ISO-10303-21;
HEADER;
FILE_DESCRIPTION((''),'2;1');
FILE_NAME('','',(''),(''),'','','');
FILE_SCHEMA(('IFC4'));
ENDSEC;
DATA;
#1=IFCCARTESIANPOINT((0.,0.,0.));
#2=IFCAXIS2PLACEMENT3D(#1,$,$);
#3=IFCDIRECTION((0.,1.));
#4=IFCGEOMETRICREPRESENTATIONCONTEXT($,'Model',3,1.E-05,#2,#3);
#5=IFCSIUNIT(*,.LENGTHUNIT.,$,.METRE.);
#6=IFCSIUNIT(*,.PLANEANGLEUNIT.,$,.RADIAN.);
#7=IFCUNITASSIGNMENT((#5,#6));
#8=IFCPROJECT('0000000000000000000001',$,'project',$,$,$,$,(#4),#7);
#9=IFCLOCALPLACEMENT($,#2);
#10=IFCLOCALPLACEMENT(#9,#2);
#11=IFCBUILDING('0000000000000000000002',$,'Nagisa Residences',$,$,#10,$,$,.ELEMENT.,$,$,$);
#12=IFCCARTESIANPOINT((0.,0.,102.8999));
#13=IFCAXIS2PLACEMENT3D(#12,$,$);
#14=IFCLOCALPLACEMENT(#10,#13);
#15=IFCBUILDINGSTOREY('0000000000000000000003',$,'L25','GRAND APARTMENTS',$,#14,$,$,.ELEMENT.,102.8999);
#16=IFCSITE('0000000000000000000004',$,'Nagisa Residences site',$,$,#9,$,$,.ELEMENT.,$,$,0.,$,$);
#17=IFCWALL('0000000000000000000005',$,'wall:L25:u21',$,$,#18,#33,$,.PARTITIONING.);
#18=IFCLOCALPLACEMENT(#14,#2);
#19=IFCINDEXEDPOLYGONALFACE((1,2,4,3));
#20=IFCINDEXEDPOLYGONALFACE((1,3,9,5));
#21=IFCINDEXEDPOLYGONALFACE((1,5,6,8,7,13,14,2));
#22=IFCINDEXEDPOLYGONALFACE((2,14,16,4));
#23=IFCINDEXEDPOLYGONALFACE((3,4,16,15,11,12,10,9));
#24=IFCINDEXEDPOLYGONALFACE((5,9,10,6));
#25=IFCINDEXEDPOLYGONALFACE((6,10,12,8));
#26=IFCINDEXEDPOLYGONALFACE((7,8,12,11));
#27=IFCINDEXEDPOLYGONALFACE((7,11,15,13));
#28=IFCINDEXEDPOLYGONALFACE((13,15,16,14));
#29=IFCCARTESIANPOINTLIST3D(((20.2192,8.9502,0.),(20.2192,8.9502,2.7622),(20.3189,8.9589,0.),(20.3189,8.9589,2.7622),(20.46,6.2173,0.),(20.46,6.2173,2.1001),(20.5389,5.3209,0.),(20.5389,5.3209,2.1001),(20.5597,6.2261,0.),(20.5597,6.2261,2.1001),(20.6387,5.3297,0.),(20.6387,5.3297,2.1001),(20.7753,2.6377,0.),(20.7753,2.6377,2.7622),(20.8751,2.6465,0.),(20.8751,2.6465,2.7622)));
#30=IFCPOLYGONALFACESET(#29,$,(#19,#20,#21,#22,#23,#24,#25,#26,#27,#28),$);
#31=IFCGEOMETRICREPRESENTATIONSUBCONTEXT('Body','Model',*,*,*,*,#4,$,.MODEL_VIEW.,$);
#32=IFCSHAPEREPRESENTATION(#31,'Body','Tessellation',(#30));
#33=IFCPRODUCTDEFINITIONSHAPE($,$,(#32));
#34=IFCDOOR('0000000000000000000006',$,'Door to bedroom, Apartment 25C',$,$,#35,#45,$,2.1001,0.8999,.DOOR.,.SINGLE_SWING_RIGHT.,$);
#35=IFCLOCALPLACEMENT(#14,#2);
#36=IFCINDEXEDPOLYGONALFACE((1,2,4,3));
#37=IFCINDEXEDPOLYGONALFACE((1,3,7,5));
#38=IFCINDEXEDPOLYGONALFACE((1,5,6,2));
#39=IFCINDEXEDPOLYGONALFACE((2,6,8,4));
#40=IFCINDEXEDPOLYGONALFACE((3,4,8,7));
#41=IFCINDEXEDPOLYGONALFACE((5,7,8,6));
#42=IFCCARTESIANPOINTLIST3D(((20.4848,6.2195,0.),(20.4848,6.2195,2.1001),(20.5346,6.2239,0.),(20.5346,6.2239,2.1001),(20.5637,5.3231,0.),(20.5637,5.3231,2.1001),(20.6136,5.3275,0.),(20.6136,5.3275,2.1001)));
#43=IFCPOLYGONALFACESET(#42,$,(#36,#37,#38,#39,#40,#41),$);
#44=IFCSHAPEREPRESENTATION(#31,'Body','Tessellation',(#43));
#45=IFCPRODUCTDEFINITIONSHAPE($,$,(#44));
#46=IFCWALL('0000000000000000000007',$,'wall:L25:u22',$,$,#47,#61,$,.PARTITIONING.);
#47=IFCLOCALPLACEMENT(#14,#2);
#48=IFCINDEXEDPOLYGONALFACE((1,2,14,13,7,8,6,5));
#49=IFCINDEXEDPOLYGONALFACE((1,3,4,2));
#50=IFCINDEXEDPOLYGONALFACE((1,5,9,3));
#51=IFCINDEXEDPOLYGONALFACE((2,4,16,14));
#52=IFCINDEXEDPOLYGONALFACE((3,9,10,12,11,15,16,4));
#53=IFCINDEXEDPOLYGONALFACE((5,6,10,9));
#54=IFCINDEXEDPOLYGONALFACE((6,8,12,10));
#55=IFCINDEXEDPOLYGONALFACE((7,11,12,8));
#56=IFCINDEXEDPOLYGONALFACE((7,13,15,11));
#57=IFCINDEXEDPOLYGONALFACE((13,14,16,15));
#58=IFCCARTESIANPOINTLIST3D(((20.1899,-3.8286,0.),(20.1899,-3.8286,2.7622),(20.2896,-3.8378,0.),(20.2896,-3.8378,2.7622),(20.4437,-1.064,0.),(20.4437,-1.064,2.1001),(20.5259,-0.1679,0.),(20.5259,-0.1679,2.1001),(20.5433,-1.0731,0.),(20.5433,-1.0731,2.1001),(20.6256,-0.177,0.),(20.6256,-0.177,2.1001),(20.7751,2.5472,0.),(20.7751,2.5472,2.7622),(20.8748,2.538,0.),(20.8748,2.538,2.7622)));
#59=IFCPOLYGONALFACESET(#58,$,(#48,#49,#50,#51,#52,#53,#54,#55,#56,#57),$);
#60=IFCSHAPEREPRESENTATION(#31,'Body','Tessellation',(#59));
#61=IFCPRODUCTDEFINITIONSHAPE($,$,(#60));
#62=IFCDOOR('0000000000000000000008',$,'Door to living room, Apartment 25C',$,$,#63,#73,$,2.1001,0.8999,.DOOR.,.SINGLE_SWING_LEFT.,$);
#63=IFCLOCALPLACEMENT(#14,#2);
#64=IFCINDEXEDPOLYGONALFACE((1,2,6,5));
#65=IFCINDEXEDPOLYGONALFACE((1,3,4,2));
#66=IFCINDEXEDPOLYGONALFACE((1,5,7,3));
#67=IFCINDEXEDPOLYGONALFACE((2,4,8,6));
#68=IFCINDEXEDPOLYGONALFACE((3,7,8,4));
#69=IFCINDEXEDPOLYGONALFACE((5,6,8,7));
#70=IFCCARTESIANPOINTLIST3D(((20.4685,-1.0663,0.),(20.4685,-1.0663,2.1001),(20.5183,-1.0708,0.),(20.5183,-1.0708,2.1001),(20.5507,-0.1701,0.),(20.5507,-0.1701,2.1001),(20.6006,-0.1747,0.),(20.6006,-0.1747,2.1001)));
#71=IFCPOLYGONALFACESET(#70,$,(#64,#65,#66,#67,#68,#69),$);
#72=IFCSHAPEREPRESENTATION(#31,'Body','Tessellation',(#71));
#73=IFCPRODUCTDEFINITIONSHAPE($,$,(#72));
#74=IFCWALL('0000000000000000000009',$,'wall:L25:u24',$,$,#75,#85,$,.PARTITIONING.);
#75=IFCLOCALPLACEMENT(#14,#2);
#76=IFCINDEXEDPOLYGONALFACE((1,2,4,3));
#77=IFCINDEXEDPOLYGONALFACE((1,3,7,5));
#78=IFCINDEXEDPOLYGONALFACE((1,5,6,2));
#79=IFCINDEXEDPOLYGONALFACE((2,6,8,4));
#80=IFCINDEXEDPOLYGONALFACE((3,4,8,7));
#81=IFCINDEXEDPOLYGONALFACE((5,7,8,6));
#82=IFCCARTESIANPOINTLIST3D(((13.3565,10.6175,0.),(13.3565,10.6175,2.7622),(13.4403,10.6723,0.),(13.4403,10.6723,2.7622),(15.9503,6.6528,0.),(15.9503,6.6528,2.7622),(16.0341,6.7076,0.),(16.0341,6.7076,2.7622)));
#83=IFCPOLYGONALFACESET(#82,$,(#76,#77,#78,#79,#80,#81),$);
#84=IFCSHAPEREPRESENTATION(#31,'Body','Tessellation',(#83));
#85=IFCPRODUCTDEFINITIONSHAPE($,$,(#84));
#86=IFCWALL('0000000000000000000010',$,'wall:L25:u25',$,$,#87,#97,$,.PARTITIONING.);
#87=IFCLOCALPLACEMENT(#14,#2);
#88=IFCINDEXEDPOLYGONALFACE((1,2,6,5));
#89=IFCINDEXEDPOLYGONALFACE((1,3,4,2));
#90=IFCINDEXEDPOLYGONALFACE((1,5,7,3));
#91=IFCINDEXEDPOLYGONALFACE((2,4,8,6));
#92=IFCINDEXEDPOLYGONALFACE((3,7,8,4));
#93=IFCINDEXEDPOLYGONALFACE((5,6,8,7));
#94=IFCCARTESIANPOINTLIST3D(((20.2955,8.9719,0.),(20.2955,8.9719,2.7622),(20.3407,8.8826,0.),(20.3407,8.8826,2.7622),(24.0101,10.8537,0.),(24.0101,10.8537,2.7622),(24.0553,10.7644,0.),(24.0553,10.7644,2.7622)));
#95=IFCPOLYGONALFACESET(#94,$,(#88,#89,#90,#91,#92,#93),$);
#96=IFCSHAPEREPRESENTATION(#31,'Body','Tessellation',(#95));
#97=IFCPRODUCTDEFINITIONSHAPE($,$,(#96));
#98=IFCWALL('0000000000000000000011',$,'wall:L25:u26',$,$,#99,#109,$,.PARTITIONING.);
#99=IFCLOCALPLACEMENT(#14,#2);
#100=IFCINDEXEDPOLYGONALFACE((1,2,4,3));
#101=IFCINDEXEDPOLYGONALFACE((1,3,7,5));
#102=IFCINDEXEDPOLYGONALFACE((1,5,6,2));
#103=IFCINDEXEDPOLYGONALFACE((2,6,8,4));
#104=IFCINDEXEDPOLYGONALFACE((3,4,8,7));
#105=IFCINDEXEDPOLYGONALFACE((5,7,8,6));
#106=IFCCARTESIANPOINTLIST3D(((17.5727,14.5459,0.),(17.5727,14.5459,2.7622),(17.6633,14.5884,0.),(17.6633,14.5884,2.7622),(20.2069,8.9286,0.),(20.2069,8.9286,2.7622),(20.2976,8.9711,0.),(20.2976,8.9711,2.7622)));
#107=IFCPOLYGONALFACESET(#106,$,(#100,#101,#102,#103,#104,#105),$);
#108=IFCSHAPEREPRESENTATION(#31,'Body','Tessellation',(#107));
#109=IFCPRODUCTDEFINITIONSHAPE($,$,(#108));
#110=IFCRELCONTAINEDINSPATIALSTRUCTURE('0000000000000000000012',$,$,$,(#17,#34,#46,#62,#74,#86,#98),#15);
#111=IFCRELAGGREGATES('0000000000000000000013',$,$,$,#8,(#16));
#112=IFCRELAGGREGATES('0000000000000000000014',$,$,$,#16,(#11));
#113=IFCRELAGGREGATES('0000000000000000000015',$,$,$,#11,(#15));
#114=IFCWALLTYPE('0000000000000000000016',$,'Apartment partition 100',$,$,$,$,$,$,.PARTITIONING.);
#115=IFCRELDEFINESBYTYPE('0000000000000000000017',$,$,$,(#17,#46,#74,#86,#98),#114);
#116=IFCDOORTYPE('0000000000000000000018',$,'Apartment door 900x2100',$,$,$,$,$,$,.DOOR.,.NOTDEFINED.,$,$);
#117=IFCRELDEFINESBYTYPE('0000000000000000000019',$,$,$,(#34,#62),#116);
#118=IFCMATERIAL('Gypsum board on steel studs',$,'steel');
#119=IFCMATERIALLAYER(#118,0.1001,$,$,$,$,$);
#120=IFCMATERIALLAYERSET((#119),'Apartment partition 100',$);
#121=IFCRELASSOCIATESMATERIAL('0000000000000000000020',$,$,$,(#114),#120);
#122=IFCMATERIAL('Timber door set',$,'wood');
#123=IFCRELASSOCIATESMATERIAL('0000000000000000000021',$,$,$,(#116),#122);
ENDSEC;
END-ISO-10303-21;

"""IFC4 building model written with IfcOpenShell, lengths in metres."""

from ifc_helpers import new_model, si_unit, direction, frame, frame_2d, origin, place, context, subcontext, project, spatial, rectangle, extrude, material, layer, layer_set, type_object, element, fill, save


model = new_model("IFC4")

# Units and contexts
model_context = context("Model", 3, precision=1e-05, world=origin(), true_north=direction((0.0, 1.0)))
body_context = subcontext(model_context, "Body", "Model", "MODEL_VIEW")
ifc_project = project(units=[si_unit("LENGTHUNIT", "METRE"), si_unit("PLANEANGLEUNIT", "RADIAN")], contexts=[model_context])

# Site, building, storey
site_placement = place(None, origin())
site = spatial("IfcSite", under=ifc_project, at=site_placement, Name="Nagisa Residences site", CompositionType="ELEMENT", RefElevation=0.0)
building_placement = place(site_placement, origin())
building = spatial("IfcBuilding", under=site, at=building_placement, Name="Nagisa Residences", CompositionType="ELEMENT")
storey_placement = place(building_placement, frame((0.0, 0.0, 102.8999)))
storey = spatial("IfcBuildingStorey", under=building, at=storey_placement, Name="L25", Description="GRAND APARTMENTS", CompositionType="ELEMENT", Elevation=102.8999)

# Walls, openings, doors
ifc_material_1 = material(Name="Gypsum board on steel studs", Category="steel")
ifc_layer_1 = layer(ifc_material_1, 0.1001)
ifc_layer_set_1 = layer_set([ifc_layer_1], Name="Apartment partition 100")
wall_type = type_object("IfcWallType", Name="Apartment partition 100", PredefinedType="PARTITIONING", material=ifc_layer_set_1)
ifc_material_2 = material(Name="Timber door set", Category="wood")
door_type = type_object("IfcDoorType", Name="Apartment door 900x2100", OperationType="NOTDEFINED", PredefinedType="DOOR", material=ifc_material_2)
wall_1_placement = place(storey_placement, frame((20.8252, 2.6421, 0.0), z_axis=(0.0, 0.0, 1.0), x_axis=(-0.087763, 0.996141, 0.0)))
wall_1 = element("IfcWall", 1, at=wall_1_placement, inside=storey, type_object=wall_type, Name="wall:L25:u21", PredefinedType="PARTITIONING", context=body_context, shape_type="SweptSolid", body=[
    extrude(rectangle(XDim=6.3369, YDim=0.1001, at=frame_2d((3.1685, 0.0))), origin(), (0.0, 0.0, 1.0), 2.7622),
])
opening_1_placement = place(wall_1_placement, frame((2.6936, 0.0, 0.0)))
opening_1 = element("IfcOpeningElement", 2, at=opening_1_placement, cuts=wall_1, PredefinedType="OPENING", context=body_context, shape_type="SweptSolid", body=[
    extrude(rectangle(XDim=0.8999, YDim=2.1001, at=frame_2d((0.45, 1.05))), frame((0.0, 0.0601, 0.0), z_axis=(0.0, -1.0, 0.0), x_axis=(1.0, 0.0, 0.0)), (0.0, 0.0, 1.0), 0.1201),
])
door_1_placement = place(opening_1_placement, frame((0.8999, 0.0, 0.0), x_axis=(-1.0, 0.0, 0.0)))
door_1 = element("IfcDoor", 3, at=door_1_placement, inside=storey, type_object=door_type, Name="Door to bedroom, Apartment 25C", OperationType="SINGLE_SWING_RIGHT", OverallHeight=2.1001, OverallWidth=0.8999, PredefinedType="DOOR", context=body_context, shape_type="SweptSolid", body=[
    extrude(rectangle(XDim=0.8999, YDim=2.1001, at=frame_2d((0.45, 1.05))), frame((0.0, 0.0249, 0.0), z_axis=(0.0, -1.0, 0.0), x_axis=(1.0, 0.0, 0.0)), (0.0, 0.0, 1.0), 0.05),
])
fill(opening_1, door_1)
wall_2_placement = place(storey_placement, frame((20.825, 2.5425, 0.0), z_axis=(0.0, 0.0, 1.0), x_axis=(-0.091402, -0.995814, 0.0)))
wall_2 = element("IfcWall", 4, at=wall_2_placement, inside=storey, type_object=wall_type, Name="wall:L25:u22", PredefinedType="PARTITIONING", context=body_context, shape_type="SweptSolid", body=[
    extrude(rectangle(XDim=6.4026, YDim=0.1001, at=frame_2d((3.2012, 0.0))), origin(), (0.0, 0.0, 1.0), 2.7622),
])
opening_2_placement = place(wall_2_placement, frame((2.7263, 0.0, 0.0)))
opening_2 = element("IfcOpeningElement", 5, at=opening_2_placement, cuts=wall_2, PredefinedType="OPENING", context=body_context, shape_type="SweptSolid", body=[
    extrude(rectangle(XDim=0.8999, YDim=2.1001, at=frame_2d((0.45, 1.05))), frame((0.0, 0.0601, 0.0), z_axis=(0.0, -1.0, 0.0), x_axis=(1.0, 0.0, 0.0)), (0.0, 0.0, 1.0), 0.1201),
])
door_2_placement = place(opening_2_placement, origin())
door_2 = element("IfcDoor", 6, at=door_2_placement, inside=storey, type_object=door_type, Name="Door to living room, Apartment 25C", OperationType="SINGLE_SWING_LEFT", OverallHeight=2.1001, OverallWidth=0.8999, PredefinedType="DOOR", context=body_context, shape_type="SweptSolid", body=[
    extrude(rectangle(XDim=0.8999, YDim=2.1001, at=frame_2d((0.45, 1.05))), frame((0.0, 0.0249, 0.0), z_axis=(0.0, -1.0, 0.0), x_axis=(1.0, 0.0, 0.0)), (0.0, 0.0, 1.0), 0.05),
])
fill(opening_2, door_2)

# Walls
wall_3_placement = place(storey_placement, frame((15.9922, 6.6802, 0.0), z_axis=(0.0, 0.0, 1.0), x_axis=(-0.547473, 0.836823, 0.0)))
element("IfcWall", 7, at=wall_3_placement, inside=storey, type_object=wall_type, Name="wall:L25:u24", PredefinedType="PARTITIONING", context=body_context, shape_type="SweptSolid", body=[
    extrude(rectangle(XDim=4.7378, YDim=0.1001, at=frame_2d((2.3689, 0.0))), origin(), (0.0, 0.0, 1.0), 2.7622),
])
wall_4_placement = place(storey_placement, frame((20.3181, 8.9272, 0.0), z_axis=(0.0, 0.0, 1.0), x_axis=(0.892058, 0.451921, 0.0)))
element("IfcWall", 8, at=wall_4_placement, inside=storey, type_object=wall_type, Name="wall:L25:u25", PredefinedType="PARTITIONING", context=body_context, shape_type="SweptSolid", body=[
    extrude(rectangle(XDim=4.1641, YDim=0.1001, at=frame_2d((2.082, 0.0))), origin(), (0.0, 0.0, 1.0), 2.7622),
])
wall_5_placement = place(storey_placement, frame((20.2522, 8.95, 0.0), z_axis=(0.0, 0.0, 1.0), x_axis=(-0.42458, 0.90539, 0.0)))
element("IfcWall", 9, at=wall_5_placement, inside=storey, type_object=wall_type, Name="wall:L25:u26", PredefinedType="PARTITIONING", context=body_context, shape_type="SweptSolid", body=[
    extrude(rectangle(XDim=6.2043, YDim=0.1001, at=frame_2d((3.1021, 0.0))), origin(), (0.0, 0.0, 1.0), 2.7622),
])

save(model, "model.ifc")
